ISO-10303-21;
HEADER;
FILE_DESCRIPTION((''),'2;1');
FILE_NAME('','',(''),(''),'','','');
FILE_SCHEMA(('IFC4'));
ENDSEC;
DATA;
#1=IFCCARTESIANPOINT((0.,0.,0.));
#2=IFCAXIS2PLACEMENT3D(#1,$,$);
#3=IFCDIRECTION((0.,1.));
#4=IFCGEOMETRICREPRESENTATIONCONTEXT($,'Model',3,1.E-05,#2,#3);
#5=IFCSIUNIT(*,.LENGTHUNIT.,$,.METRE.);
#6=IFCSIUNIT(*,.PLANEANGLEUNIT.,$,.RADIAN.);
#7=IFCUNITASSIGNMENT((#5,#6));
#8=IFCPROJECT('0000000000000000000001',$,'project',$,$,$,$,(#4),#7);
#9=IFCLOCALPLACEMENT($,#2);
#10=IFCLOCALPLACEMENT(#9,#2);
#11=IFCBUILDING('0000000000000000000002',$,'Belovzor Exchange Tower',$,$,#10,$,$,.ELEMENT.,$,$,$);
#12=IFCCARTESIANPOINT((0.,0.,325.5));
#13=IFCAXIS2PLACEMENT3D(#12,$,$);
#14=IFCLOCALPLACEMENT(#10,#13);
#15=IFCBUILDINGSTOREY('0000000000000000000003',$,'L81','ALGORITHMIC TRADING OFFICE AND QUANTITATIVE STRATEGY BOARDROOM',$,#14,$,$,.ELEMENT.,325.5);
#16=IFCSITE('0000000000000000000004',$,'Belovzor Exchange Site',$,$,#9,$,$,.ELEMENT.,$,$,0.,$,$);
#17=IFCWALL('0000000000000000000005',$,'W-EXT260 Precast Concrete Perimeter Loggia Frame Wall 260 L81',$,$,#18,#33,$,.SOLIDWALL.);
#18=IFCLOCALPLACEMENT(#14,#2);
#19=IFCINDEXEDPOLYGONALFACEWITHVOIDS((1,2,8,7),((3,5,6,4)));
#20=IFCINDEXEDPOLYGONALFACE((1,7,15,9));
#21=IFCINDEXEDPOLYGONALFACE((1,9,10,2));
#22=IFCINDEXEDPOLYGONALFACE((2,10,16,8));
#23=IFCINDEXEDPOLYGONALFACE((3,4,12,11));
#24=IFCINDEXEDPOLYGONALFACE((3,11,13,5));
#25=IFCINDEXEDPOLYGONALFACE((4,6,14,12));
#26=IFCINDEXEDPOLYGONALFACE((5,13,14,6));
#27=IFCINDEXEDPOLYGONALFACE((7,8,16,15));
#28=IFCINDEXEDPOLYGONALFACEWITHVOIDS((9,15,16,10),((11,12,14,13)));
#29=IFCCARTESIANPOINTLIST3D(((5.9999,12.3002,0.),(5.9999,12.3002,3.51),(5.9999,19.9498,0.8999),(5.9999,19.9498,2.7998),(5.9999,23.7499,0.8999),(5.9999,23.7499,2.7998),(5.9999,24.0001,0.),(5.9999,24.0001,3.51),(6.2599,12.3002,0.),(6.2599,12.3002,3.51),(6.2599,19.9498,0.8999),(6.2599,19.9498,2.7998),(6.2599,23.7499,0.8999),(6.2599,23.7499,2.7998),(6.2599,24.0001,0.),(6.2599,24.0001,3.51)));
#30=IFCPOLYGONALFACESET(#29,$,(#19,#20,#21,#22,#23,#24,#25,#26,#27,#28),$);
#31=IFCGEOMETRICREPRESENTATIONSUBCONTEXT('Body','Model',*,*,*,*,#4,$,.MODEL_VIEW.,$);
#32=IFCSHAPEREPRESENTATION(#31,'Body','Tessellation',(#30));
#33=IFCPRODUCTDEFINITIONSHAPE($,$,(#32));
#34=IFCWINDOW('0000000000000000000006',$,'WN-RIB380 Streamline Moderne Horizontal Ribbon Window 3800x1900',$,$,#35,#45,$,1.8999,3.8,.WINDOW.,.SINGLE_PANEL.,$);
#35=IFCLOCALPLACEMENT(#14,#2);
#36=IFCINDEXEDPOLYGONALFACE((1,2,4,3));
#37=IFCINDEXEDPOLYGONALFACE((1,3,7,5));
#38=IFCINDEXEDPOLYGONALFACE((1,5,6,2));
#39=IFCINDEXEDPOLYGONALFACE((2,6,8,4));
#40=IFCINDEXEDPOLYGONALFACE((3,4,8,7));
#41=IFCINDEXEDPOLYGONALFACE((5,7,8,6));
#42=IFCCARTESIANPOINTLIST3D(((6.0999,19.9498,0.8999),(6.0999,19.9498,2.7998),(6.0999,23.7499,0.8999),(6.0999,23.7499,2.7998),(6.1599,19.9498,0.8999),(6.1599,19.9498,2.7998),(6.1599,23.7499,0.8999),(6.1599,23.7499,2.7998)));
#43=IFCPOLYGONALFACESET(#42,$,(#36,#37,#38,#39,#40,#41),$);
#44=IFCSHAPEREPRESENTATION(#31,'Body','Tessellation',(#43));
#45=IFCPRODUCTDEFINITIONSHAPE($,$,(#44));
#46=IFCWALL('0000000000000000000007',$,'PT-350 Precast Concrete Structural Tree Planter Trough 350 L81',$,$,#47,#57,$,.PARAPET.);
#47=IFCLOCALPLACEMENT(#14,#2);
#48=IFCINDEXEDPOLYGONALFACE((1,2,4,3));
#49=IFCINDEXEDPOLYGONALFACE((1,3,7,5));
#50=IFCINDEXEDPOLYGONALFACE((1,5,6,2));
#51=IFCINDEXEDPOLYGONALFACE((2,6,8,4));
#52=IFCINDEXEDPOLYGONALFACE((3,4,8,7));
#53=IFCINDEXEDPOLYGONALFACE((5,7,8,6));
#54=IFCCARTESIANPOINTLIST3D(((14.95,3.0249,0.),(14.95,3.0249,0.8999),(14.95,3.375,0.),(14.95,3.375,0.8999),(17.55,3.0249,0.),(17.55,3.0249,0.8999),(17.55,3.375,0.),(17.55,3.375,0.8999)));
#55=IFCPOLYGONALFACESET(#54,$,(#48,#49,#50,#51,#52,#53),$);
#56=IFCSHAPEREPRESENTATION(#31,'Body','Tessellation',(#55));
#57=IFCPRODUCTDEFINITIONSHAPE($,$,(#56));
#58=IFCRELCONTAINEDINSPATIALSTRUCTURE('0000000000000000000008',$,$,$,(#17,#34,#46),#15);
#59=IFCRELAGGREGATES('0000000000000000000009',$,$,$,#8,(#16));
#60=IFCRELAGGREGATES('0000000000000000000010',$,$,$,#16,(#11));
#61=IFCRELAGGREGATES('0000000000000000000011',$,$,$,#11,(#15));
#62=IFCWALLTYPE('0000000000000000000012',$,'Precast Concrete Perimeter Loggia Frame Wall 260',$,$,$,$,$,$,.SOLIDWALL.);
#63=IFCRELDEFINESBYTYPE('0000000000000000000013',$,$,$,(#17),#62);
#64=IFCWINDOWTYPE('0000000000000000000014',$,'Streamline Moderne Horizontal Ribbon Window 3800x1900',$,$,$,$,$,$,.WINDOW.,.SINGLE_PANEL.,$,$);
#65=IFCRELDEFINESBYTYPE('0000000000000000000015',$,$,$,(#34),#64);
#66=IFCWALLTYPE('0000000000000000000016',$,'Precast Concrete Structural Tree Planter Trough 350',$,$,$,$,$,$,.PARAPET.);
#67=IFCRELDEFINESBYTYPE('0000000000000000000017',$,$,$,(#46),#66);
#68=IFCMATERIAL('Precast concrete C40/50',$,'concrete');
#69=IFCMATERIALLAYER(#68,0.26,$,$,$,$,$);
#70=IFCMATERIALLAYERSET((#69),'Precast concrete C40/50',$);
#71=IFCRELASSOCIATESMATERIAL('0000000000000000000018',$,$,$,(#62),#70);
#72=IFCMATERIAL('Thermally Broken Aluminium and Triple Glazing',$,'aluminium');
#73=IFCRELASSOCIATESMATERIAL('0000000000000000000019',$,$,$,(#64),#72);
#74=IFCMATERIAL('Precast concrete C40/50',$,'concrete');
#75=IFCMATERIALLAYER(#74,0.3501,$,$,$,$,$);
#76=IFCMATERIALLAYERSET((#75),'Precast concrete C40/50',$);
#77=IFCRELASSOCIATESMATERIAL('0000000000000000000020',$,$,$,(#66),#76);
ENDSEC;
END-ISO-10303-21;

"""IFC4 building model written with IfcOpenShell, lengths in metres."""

from ifc_helpers import new_model, si_unit, direction, frame, frame_2d, origin, place, context, subcontext, project, spatial, rectangle, extrude, material, layer, layer_set, type_object, element, fill, save


model = new_model("IFC4")

# Units and contexts
model_context = context("Model", 3, precision=1e-05, world=origin(), true_north=direction((0.0, 1.0)))
body_context = subcontext(model_context, "Body", "Model", "MODEL_VIEW")
ifc_project = project(units=[si_unit("LENGTHUNIT", "METRE"), si_unit("PLANEANGLEUNIT", "RADIAN")], contexts=[model_context])

# Site, building, storey
site_placement = place(None, origin())
site = spatial("IfcSite", under=ifc_project, at=site_placement, Name="Belovzor Exchange Site", CompositionType="ELEMENT", RefElevation=0.0)
building_placement = place(site_placement, origin())
building = spatial("IfcBuilding", under=site, at=building_placement, Name="Belovzor Exchange Tower", CompositionType="ELEMENT")
storey_placement = place(building_placement, frame((0.0, 0.0, 325.5)))
storey = spatial("IfcBuildingStorey", under=building, at=storey_placement, Name="L81", Description="ALGORITHMIC TRADING OFFICE AND QUANTITATIVE STRATEGY BOARDROOM", CompositionType="ELEMENT", Elevation=325.5)

# Wall, opening, window
ifc_material_1 = material(Name="Precast concrete C40/50", Category="concrete")
ifc_layer_1 = layer(ifc_material_1, 0.26)
ifc_layer_set_1 = layer_set([ifc_layer_1], Name="Precast concrete C40/50")
wall_type_1 = type_object("IfcWallType", Name="Precast Concrete Perimeter Loggia Frame Wall 260", PredefinedType="SOLIDWALL", material=ifc_layer_set_1)
wall_1_placement = place(storey_placement, frame((6.1299, 12.3, 0.0), z_axis=(0.0, 0.0, 1.0), x_axis=(0.0, 1.0, 0.0)))
wall_1 = element("IfcWall", 1, at=wall_1_placement, inside=storey, type_object=wall_type_1, Name="W-EXT260 Precast Concrete Perimeter Loggia Frame Wall 260 L81", PredefinedType="SOLIDWALL", context=body_context, shape_type="SweptSolid", body=[
    extrude(rectangle(XDim=11.7, YDim=0.26, at=frame_2d((5.8501, 0.0))), origin(), (0.0, 0.0, 1.0), 3.51),
])
opening_1_placement = place(wall_1_placement, frame((7.6499, 0.0, 0.8999)))
opening_1 = element("IfcOpeningElement", 2, at=opening_1_placement, cuts=wall_1, PredefinedType="OPENING", context=body_context, shape_type="SweptSolid", body=[
    extrude(rectangle(XDim=3.8, YDim=1.8999, at=frame_2d((1.8999, 0.95))), frame((0.0, 0.1399, 0.0), z_axis=(0.0, -1.0, 0.0), x_axis=(1.0, 0.0, 0.0)), (0.0, 0.0, 1.0), 0.28),
])
ifc_material_2 = material(Name="Thermally Broken Aluminium and Triple Glazing", Category="aluminium")
window_type_1 = type_object("IfcWindowType", Name="Streamline Moderne Horizontal Ribbon Window 3800x1900", PartitioningType="SINGLE_PANEL", PredefinedType="WINDOW", material=ifc_material_2)
window_1_placement = place(opening_1_placement, origin())
window_1 = element("IfcWindow", 3, at=window_1_placement, inside=storey, type_object=window_type_1, Name="WN-RIB380 Streamline Moderne Horizontal Ribbon Window 3800x1900", OverallHeight=1.8999, OverallWidth=3.8, PartitioningType="SINGLE_PANEL", PredefinedType="WINDOW", context=body_context, shape_type="SweptSolid", body=[
    extrude(rectangle(XDim=3.8, YDim=1.8999, at=frame_2d((1.8999, 0.95))), frame((0.0, 0.03, 0.0), z_axis=(0.0, -1.0, 0.0), x_axis=(1.0, 0.0, 0.0)), (0.0, 0.0, 1.0), 0.0601),
])
fill(opening_1, window_1)

# Wall
ifc_material_3 = material(Name="Precast concrete C40/50", Category="concrete")
ifc_layer_2 = layer(ifc_material_3, 0.3501)
ifc_layer_set_2 = layer_set([ifc_layer_2], Name="Precast concrete C40/50")
wall_type_2 = type_object("IfcWallType", Name="Precast Concrete Structural Tree Planter Trough 350", PredefinedType="PARAPET", material=ifc_layer_set_2)
wall_2_placement = place(storey_placement, frame((14.95, 3.2, 0.0), z_axis=(0.0, 0.0, 1.0), x_axis=(1.0, 0.0, 0.0)))
element("IfcWall", 4, at=wall_2_placement, inside=storey, type_object=wall_type_2, Name="PT-350 Precast Concrete Structural Tree Planter Trough 350 L81", PredefinedType="PARAPET", context=body_context, shape_type="SweptSolid", body=[
    extrude(rectangle(XDim=2.6001, YDim=0.3501, at=frame_2d((1.3, 0.0))), origin(), (0.0, 0.0, 1.0), 0.8999),
])

save(model, "model.ifc")
